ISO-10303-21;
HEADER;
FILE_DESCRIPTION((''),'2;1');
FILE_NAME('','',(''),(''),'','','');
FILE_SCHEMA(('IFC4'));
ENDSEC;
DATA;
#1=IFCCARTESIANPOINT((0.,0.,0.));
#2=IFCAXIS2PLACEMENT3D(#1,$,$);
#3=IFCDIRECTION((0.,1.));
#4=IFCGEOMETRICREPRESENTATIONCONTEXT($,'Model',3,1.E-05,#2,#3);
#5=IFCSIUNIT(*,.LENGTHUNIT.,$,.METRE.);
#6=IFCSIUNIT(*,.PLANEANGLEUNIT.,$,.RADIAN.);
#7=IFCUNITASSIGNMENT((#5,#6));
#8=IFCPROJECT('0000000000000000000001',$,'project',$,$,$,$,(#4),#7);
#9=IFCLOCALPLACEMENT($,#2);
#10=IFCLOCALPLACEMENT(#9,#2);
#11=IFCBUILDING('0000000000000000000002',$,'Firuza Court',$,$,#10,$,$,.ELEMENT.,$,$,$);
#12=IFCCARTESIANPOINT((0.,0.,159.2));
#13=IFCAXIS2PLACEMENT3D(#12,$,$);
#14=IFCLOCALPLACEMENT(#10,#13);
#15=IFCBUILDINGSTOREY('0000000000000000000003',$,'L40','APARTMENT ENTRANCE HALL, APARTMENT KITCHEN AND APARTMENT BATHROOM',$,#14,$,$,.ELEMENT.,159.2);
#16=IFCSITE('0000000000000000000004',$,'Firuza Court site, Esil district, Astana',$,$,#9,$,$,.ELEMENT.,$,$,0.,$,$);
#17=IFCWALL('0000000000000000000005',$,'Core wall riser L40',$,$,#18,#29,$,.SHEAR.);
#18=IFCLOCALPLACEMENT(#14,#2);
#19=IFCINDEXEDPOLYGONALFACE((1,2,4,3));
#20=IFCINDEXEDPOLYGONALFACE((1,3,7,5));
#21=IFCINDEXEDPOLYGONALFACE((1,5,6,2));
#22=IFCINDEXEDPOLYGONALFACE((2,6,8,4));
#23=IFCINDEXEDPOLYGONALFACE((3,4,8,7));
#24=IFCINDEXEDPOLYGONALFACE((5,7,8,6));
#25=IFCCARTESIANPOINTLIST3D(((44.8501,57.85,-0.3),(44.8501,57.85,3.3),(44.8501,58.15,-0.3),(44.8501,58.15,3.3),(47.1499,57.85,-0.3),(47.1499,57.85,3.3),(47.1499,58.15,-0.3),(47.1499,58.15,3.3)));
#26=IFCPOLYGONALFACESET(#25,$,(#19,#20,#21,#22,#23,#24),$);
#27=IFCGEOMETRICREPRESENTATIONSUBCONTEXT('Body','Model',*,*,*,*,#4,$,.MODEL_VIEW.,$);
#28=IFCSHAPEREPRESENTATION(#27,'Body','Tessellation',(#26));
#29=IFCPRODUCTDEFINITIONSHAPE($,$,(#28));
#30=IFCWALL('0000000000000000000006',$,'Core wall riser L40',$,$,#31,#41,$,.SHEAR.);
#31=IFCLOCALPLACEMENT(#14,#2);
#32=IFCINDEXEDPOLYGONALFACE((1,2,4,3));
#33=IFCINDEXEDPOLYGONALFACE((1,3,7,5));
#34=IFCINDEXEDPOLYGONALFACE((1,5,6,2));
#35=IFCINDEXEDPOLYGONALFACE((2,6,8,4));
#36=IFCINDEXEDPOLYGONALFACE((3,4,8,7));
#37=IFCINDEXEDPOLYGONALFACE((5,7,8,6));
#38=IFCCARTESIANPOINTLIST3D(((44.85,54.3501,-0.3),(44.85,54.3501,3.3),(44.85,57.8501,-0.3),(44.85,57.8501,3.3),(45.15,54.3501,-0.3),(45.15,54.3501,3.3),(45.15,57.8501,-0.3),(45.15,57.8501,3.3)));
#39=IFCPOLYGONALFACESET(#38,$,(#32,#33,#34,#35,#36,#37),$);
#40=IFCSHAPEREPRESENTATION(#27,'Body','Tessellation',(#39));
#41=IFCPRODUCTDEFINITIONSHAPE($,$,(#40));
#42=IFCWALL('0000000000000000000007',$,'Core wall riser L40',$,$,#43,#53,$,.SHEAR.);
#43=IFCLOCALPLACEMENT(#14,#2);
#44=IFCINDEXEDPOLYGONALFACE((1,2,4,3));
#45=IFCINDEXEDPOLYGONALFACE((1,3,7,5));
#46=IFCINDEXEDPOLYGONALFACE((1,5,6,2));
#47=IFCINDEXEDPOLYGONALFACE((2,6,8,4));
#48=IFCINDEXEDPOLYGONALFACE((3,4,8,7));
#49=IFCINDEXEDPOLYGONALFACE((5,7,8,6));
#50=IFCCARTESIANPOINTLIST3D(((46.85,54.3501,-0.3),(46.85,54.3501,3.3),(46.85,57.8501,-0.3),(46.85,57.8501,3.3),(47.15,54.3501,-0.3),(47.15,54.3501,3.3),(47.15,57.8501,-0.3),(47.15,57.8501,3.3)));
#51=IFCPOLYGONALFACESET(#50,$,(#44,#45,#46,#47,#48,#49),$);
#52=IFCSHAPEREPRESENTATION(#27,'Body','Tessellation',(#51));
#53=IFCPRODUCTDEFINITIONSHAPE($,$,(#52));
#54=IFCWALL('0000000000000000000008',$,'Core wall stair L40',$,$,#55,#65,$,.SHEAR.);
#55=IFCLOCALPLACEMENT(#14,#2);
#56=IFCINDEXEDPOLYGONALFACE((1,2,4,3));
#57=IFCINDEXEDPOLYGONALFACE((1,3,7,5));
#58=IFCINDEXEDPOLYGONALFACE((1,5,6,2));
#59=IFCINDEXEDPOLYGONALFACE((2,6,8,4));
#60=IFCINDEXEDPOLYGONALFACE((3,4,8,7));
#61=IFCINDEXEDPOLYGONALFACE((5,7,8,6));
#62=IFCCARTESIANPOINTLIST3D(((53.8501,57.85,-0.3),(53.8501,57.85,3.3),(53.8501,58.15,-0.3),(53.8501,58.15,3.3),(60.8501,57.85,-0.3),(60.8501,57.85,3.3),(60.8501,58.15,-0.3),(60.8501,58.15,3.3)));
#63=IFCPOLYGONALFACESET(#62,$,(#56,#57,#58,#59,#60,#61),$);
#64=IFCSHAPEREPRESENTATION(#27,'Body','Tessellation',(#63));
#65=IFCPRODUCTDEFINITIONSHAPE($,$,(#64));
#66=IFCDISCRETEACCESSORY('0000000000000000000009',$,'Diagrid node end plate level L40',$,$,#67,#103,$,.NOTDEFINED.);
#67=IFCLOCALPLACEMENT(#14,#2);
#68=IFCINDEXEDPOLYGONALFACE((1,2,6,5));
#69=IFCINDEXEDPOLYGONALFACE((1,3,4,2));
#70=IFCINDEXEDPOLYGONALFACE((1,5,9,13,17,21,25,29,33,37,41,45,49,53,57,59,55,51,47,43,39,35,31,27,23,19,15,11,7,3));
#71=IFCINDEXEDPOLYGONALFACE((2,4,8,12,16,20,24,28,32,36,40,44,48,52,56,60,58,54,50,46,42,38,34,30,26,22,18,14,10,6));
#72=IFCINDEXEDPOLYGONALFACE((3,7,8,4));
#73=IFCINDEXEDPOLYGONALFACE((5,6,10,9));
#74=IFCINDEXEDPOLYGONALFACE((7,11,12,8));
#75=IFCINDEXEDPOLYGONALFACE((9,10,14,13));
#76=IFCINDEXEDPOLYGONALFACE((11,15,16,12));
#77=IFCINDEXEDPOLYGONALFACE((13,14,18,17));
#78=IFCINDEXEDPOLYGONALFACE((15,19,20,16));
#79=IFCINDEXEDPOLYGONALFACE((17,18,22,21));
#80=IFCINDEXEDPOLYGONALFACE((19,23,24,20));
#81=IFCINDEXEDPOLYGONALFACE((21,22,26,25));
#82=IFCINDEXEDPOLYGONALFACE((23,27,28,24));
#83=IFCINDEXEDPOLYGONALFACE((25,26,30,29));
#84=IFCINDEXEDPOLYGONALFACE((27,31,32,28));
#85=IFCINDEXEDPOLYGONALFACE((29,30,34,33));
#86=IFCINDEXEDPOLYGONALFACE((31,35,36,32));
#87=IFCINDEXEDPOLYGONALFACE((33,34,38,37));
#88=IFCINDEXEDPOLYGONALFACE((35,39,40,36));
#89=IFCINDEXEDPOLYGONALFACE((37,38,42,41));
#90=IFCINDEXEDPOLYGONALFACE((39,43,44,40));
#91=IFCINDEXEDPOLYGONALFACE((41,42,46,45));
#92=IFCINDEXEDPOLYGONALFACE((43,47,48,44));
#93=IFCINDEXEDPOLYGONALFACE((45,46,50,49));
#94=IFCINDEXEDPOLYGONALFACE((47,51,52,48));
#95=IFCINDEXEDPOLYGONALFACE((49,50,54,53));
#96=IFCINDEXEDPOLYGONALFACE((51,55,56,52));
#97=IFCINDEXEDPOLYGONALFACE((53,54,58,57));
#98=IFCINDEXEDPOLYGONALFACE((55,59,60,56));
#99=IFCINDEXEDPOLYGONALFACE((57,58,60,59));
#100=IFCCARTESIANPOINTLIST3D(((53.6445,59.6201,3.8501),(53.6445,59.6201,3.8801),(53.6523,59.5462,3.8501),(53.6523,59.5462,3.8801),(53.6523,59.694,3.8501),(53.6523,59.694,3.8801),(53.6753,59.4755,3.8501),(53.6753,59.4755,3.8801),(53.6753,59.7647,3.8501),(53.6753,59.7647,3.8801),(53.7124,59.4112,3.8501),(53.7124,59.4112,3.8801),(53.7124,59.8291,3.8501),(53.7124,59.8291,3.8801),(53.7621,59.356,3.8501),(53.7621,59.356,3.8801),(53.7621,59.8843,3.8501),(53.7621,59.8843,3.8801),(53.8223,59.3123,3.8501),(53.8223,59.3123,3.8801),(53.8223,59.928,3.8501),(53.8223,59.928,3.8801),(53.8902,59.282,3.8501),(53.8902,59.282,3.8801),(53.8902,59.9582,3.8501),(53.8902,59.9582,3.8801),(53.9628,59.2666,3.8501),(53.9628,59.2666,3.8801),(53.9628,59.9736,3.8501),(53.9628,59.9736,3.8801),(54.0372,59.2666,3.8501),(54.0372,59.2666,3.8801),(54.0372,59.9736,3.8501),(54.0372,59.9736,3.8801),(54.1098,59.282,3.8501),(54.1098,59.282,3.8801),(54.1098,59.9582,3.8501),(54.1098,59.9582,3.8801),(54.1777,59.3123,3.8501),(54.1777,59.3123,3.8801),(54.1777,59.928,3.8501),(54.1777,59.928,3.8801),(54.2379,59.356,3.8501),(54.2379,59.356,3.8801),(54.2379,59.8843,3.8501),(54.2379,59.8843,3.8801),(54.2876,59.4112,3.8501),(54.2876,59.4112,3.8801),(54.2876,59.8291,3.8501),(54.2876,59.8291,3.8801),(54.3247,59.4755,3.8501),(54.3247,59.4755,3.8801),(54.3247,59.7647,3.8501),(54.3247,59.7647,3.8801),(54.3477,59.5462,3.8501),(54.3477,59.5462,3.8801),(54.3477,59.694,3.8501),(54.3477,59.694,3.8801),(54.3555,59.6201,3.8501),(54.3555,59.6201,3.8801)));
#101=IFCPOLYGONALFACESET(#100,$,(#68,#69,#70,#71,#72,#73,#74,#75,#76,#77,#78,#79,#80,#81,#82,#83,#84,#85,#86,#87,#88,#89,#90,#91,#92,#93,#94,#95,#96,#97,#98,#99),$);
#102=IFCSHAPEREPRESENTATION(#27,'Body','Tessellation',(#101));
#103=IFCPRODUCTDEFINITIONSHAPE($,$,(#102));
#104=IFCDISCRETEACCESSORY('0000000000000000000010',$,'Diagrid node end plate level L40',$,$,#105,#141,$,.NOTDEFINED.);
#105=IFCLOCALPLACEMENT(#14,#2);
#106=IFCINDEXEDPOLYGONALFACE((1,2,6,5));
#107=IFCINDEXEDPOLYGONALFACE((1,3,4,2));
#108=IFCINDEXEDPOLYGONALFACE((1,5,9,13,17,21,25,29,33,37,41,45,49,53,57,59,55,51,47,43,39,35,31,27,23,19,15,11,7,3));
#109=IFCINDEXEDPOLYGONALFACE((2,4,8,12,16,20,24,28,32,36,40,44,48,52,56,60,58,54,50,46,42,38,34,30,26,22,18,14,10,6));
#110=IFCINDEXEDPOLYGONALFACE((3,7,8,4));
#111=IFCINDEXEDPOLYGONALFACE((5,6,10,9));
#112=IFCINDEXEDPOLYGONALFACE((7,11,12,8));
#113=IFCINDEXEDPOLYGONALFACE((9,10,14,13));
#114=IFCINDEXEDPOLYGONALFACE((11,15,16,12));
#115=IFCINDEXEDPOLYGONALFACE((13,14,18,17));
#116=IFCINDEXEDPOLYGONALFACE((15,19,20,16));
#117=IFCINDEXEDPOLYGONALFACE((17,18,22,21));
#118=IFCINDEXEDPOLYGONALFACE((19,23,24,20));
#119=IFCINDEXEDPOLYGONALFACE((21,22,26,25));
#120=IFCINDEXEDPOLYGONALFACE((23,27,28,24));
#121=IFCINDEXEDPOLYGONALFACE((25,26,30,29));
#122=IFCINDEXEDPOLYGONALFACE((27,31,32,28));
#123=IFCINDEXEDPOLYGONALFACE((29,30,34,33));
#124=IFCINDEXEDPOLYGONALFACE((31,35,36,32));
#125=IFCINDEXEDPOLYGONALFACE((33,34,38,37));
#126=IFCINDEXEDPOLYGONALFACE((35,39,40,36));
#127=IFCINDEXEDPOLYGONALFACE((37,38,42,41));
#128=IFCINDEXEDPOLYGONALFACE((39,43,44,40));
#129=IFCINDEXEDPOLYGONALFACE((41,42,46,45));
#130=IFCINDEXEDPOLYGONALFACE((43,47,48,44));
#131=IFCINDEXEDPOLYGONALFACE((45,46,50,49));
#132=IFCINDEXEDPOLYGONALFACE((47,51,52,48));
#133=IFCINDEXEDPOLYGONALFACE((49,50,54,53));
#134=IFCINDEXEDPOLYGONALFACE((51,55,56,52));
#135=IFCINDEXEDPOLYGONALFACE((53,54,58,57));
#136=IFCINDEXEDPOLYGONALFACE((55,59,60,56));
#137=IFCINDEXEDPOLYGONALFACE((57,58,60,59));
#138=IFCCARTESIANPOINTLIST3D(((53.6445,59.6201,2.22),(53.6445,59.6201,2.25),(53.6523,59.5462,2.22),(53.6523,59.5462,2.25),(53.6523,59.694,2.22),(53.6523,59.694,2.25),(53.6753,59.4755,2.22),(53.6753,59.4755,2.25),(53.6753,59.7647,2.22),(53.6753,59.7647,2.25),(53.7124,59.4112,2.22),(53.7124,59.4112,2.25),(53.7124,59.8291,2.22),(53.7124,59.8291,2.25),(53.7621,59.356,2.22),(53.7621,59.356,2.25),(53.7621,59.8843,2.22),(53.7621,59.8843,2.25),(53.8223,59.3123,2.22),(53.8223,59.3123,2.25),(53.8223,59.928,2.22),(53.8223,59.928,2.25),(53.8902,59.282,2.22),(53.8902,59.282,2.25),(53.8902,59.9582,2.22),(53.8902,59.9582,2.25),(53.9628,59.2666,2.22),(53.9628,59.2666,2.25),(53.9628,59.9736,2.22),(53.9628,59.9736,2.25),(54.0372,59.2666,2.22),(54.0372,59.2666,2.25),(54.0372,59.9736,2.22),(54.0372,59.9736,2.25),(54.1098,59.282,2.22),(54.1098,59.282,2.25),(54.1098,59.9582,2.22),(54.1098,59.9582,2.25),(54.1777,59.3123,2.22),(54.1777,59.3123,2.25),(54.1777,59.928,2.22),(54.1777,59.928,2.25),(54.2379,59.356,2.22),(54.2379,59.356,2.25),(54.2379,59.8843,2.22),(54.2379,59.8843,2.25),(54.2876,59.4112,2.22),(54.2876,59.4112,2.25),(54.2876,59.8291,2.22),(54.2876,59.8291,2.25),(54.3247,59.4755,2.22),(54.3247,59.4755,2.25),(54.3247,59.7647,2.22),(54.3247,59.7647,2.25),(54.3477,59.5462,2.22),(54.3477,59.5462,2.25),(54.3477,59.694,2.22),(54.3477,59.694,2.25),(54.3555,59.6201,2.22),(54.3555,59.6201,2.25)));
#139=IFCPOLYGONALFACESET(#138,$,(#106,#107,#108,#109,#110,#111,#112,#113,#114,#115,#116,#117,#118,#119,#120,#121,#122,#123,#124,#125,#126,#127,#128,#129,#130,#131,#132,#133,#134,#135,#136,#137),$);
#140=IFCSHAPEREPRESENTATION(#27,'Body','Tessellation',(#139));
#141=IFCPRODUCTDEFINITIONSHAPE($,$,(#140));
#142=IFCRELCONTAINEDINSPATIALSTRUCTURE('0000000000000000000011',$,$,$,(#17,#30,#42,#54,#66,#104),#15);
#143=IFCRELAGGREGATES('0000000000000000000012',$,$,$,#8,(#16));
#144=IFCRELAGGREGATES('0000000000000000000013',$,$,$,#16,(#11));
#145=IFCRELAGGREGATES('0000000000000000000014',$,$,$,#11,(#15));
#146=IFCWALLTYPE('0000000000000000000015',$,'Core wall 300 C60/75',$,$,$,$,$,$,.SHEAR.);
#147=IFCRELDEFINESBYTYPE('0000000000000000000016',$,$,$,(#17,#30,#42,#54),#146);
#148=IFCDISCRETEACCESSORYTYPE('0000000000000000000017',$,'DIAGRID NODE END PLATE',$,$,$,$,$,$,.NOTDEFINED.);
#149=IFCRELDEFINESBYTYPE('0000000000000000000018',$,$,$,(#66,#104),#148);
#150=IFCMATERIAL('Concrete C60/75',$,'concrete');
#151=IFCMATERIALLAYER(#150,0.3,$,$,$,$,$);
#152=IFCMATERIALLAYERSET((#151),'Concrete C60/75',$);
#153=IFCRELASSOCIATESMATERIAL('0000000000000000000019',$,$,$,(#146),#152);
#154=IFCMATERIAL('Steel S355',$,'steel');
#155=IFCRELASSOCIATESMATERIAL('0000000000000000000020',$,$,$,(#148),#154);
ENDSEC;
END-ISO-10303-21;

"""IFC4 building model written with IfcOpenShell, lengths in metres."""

from ifc_helpers import new_model, si_unit, direction, frame, frame_2d, origin, origin_2d, place, context, subcontext, project, spatial, rectangle, circle, extrude, material, layer, layer_set, material_profile, profile_set, type_object, element, save


model = new_model("IFC4")

# Units and contexts
model_context = context("Model", 3, precision=1e-05, world=origin(), true_north=direction((0.0, 1.0)))
body_context = subcontext(model_context, "Body", "Model", "MODEL_VIEW")
ifc_project = project(units=[si_unit("LENGTHUNIT", "METRE"), si_unit("PLANEANGLEUNIT", "RADIAN")], contexts=[model_context])

# Site, building, storey
site_placement = place(None, origin())
site = spatial("IfcSite", under=ifc_project, at=site_placement, Name="Firuza Court site, Esil district, Astana", CompositionType="ELEMENT", RefElevation=0.0)
building_placement = place(site_placement, origin())
building = spatial("IfcBuilding", under=site, at=building_placement, Name="Firuza Court", CompositionType="ELEMENT")
storey_placement = place(building_placement, frame((0.0, 0.0, 159.2)))
storey = spatial("IfcBuildingStorey", under=building, at=storey_placement, Name="L40", Description="APARTMENT ENTRANCE HALL, APARTMENT KITCHEN AND APARTMENT BATHROOM", CompositionType="ELEMENT", Elevation=159.2)

# Walls
ifc_material_1 = material(Name="Concrete C60/75", Category="concrete")
ifc_layer = layer(ifc_material_1, 0.3)
ifc_layer_set = layer_set([ifc_layer], Name="Concrete C60/75")
wall_type = type_object("IfcWallType", Name="Core wall 300 C60/75", PredefinedType="SHEAR", material=ifc_layer_set)
wall_1_placement = place(storey_placement, frame((44.8501, 58.0, -0.3), z_axis=(0.0, 0.0, 1.0), x_axis=(1.0, 0.0, 0.0)))
element("IfcWall", 1, at=wall_1_placement, inside=storey, type_object=wall_type, Name="Core wall riser L40", PredefinedType="SHEAR", context=body_context, shape_type="SweptSolid", body=[
    extrude(rectangle(XDim=2.2998, YDim=0.3, at=frame_2d((1.1499, 0.0))), origin(), (0.0, 0.0, 1.0), 3.6001),
])
for number, where, z_axis, x_axis, name in (
    (2, (45.0, 54.3501, -0.3), (0.0, 0.0, 1.0), (0.0, 1.0, 0.0), "Core wall riser L40"),
    (3, (47.0, 54.3501, -0.3), (0.0, 0.0, 1.0), (0.0, 1.0, 0.0), "Core wall riser L40"),
):
    element("IfcWall", number, at=place(storey_placement, frame(where, z_axis=z_axis, x_axis=x_axis)), inside=storey, type_object=wall_type, Name=name, PredefinedType="SHEAR", context=body_context, shape_type="SweptSolid", body=[
        extrude(rectangle(XDim=3.5, YDim=0.3, at=frame_2d((1.75, 0.0))), origin(), (0.0, 0.0, 1.0), 3.6001),
    ])
wall_2_placement = place(storey_placement, frame((53.8501, 58.0, -0.3), z_axis=(0.0, 0.0, 1.0), x_axis=(1.0, 0.0, 0.0)))
element("IfcWall", 4, at=wall_2_placement, inside=storey, type_object=wall_type, Name="Core wall stair L40", PredefinedType="SHEAR", context=body_context, shape_type="SweptSolid", body=[
    extrude(rectangle(XDim=7.0, YDim=0.3, at=frame_2d((3.5, 0.0))), origin(), (0.0, 0.0, 1.0), 3.6001),
])

# Discrete accessories
ifc_material_2 = material(Name="Steel S355", Category="steel")
ifc_material_profile_1 = material_profile(ifc_material_2, circle(Radius=0.3555, at=origin_2d()), Name="PL D711")
ifc_profile_set_1 = profile_set([ifc_material_profile_1], Name="Steel S355")
discrete_accessory_type = type_object("IfcDiscreteAccessoryType", Name="DIAGRID NODE END PLATE", PredefinedType="NOTDEFINED", material=ifc_profile_set_1)
for number, where, z_axis, x_axis, name in (
    (5, (54.0, 59.6201, 3.8501), (0.0, 0.0, 1.0), (1.0, 0.0, 0.0), "Diagrid node end plate level L40"),
    (6, (54.0, 59.6201, 2.22), (0.0, 0.0, 1.0), (1.0, 0.0, 0.0), "Diagrid node end plate level L40"),
):
    element("IfcDiscreteAccessory", number, at=place(storey_placement, frame(where, z_axis=z_axis, x_axis=x_axis)), inside=storey, type_object=discrete_accessory_type, Name=name, PredefinedType="NOTDEFINED", context=body_context, shape_type="SweptSolid", body=[
        extrude(circle(Radius=0.3555, at=origin_2d()), origin(), (0.0, 0.0, 1.0), 0.03),
    ])

save(model, "model.ifc")
